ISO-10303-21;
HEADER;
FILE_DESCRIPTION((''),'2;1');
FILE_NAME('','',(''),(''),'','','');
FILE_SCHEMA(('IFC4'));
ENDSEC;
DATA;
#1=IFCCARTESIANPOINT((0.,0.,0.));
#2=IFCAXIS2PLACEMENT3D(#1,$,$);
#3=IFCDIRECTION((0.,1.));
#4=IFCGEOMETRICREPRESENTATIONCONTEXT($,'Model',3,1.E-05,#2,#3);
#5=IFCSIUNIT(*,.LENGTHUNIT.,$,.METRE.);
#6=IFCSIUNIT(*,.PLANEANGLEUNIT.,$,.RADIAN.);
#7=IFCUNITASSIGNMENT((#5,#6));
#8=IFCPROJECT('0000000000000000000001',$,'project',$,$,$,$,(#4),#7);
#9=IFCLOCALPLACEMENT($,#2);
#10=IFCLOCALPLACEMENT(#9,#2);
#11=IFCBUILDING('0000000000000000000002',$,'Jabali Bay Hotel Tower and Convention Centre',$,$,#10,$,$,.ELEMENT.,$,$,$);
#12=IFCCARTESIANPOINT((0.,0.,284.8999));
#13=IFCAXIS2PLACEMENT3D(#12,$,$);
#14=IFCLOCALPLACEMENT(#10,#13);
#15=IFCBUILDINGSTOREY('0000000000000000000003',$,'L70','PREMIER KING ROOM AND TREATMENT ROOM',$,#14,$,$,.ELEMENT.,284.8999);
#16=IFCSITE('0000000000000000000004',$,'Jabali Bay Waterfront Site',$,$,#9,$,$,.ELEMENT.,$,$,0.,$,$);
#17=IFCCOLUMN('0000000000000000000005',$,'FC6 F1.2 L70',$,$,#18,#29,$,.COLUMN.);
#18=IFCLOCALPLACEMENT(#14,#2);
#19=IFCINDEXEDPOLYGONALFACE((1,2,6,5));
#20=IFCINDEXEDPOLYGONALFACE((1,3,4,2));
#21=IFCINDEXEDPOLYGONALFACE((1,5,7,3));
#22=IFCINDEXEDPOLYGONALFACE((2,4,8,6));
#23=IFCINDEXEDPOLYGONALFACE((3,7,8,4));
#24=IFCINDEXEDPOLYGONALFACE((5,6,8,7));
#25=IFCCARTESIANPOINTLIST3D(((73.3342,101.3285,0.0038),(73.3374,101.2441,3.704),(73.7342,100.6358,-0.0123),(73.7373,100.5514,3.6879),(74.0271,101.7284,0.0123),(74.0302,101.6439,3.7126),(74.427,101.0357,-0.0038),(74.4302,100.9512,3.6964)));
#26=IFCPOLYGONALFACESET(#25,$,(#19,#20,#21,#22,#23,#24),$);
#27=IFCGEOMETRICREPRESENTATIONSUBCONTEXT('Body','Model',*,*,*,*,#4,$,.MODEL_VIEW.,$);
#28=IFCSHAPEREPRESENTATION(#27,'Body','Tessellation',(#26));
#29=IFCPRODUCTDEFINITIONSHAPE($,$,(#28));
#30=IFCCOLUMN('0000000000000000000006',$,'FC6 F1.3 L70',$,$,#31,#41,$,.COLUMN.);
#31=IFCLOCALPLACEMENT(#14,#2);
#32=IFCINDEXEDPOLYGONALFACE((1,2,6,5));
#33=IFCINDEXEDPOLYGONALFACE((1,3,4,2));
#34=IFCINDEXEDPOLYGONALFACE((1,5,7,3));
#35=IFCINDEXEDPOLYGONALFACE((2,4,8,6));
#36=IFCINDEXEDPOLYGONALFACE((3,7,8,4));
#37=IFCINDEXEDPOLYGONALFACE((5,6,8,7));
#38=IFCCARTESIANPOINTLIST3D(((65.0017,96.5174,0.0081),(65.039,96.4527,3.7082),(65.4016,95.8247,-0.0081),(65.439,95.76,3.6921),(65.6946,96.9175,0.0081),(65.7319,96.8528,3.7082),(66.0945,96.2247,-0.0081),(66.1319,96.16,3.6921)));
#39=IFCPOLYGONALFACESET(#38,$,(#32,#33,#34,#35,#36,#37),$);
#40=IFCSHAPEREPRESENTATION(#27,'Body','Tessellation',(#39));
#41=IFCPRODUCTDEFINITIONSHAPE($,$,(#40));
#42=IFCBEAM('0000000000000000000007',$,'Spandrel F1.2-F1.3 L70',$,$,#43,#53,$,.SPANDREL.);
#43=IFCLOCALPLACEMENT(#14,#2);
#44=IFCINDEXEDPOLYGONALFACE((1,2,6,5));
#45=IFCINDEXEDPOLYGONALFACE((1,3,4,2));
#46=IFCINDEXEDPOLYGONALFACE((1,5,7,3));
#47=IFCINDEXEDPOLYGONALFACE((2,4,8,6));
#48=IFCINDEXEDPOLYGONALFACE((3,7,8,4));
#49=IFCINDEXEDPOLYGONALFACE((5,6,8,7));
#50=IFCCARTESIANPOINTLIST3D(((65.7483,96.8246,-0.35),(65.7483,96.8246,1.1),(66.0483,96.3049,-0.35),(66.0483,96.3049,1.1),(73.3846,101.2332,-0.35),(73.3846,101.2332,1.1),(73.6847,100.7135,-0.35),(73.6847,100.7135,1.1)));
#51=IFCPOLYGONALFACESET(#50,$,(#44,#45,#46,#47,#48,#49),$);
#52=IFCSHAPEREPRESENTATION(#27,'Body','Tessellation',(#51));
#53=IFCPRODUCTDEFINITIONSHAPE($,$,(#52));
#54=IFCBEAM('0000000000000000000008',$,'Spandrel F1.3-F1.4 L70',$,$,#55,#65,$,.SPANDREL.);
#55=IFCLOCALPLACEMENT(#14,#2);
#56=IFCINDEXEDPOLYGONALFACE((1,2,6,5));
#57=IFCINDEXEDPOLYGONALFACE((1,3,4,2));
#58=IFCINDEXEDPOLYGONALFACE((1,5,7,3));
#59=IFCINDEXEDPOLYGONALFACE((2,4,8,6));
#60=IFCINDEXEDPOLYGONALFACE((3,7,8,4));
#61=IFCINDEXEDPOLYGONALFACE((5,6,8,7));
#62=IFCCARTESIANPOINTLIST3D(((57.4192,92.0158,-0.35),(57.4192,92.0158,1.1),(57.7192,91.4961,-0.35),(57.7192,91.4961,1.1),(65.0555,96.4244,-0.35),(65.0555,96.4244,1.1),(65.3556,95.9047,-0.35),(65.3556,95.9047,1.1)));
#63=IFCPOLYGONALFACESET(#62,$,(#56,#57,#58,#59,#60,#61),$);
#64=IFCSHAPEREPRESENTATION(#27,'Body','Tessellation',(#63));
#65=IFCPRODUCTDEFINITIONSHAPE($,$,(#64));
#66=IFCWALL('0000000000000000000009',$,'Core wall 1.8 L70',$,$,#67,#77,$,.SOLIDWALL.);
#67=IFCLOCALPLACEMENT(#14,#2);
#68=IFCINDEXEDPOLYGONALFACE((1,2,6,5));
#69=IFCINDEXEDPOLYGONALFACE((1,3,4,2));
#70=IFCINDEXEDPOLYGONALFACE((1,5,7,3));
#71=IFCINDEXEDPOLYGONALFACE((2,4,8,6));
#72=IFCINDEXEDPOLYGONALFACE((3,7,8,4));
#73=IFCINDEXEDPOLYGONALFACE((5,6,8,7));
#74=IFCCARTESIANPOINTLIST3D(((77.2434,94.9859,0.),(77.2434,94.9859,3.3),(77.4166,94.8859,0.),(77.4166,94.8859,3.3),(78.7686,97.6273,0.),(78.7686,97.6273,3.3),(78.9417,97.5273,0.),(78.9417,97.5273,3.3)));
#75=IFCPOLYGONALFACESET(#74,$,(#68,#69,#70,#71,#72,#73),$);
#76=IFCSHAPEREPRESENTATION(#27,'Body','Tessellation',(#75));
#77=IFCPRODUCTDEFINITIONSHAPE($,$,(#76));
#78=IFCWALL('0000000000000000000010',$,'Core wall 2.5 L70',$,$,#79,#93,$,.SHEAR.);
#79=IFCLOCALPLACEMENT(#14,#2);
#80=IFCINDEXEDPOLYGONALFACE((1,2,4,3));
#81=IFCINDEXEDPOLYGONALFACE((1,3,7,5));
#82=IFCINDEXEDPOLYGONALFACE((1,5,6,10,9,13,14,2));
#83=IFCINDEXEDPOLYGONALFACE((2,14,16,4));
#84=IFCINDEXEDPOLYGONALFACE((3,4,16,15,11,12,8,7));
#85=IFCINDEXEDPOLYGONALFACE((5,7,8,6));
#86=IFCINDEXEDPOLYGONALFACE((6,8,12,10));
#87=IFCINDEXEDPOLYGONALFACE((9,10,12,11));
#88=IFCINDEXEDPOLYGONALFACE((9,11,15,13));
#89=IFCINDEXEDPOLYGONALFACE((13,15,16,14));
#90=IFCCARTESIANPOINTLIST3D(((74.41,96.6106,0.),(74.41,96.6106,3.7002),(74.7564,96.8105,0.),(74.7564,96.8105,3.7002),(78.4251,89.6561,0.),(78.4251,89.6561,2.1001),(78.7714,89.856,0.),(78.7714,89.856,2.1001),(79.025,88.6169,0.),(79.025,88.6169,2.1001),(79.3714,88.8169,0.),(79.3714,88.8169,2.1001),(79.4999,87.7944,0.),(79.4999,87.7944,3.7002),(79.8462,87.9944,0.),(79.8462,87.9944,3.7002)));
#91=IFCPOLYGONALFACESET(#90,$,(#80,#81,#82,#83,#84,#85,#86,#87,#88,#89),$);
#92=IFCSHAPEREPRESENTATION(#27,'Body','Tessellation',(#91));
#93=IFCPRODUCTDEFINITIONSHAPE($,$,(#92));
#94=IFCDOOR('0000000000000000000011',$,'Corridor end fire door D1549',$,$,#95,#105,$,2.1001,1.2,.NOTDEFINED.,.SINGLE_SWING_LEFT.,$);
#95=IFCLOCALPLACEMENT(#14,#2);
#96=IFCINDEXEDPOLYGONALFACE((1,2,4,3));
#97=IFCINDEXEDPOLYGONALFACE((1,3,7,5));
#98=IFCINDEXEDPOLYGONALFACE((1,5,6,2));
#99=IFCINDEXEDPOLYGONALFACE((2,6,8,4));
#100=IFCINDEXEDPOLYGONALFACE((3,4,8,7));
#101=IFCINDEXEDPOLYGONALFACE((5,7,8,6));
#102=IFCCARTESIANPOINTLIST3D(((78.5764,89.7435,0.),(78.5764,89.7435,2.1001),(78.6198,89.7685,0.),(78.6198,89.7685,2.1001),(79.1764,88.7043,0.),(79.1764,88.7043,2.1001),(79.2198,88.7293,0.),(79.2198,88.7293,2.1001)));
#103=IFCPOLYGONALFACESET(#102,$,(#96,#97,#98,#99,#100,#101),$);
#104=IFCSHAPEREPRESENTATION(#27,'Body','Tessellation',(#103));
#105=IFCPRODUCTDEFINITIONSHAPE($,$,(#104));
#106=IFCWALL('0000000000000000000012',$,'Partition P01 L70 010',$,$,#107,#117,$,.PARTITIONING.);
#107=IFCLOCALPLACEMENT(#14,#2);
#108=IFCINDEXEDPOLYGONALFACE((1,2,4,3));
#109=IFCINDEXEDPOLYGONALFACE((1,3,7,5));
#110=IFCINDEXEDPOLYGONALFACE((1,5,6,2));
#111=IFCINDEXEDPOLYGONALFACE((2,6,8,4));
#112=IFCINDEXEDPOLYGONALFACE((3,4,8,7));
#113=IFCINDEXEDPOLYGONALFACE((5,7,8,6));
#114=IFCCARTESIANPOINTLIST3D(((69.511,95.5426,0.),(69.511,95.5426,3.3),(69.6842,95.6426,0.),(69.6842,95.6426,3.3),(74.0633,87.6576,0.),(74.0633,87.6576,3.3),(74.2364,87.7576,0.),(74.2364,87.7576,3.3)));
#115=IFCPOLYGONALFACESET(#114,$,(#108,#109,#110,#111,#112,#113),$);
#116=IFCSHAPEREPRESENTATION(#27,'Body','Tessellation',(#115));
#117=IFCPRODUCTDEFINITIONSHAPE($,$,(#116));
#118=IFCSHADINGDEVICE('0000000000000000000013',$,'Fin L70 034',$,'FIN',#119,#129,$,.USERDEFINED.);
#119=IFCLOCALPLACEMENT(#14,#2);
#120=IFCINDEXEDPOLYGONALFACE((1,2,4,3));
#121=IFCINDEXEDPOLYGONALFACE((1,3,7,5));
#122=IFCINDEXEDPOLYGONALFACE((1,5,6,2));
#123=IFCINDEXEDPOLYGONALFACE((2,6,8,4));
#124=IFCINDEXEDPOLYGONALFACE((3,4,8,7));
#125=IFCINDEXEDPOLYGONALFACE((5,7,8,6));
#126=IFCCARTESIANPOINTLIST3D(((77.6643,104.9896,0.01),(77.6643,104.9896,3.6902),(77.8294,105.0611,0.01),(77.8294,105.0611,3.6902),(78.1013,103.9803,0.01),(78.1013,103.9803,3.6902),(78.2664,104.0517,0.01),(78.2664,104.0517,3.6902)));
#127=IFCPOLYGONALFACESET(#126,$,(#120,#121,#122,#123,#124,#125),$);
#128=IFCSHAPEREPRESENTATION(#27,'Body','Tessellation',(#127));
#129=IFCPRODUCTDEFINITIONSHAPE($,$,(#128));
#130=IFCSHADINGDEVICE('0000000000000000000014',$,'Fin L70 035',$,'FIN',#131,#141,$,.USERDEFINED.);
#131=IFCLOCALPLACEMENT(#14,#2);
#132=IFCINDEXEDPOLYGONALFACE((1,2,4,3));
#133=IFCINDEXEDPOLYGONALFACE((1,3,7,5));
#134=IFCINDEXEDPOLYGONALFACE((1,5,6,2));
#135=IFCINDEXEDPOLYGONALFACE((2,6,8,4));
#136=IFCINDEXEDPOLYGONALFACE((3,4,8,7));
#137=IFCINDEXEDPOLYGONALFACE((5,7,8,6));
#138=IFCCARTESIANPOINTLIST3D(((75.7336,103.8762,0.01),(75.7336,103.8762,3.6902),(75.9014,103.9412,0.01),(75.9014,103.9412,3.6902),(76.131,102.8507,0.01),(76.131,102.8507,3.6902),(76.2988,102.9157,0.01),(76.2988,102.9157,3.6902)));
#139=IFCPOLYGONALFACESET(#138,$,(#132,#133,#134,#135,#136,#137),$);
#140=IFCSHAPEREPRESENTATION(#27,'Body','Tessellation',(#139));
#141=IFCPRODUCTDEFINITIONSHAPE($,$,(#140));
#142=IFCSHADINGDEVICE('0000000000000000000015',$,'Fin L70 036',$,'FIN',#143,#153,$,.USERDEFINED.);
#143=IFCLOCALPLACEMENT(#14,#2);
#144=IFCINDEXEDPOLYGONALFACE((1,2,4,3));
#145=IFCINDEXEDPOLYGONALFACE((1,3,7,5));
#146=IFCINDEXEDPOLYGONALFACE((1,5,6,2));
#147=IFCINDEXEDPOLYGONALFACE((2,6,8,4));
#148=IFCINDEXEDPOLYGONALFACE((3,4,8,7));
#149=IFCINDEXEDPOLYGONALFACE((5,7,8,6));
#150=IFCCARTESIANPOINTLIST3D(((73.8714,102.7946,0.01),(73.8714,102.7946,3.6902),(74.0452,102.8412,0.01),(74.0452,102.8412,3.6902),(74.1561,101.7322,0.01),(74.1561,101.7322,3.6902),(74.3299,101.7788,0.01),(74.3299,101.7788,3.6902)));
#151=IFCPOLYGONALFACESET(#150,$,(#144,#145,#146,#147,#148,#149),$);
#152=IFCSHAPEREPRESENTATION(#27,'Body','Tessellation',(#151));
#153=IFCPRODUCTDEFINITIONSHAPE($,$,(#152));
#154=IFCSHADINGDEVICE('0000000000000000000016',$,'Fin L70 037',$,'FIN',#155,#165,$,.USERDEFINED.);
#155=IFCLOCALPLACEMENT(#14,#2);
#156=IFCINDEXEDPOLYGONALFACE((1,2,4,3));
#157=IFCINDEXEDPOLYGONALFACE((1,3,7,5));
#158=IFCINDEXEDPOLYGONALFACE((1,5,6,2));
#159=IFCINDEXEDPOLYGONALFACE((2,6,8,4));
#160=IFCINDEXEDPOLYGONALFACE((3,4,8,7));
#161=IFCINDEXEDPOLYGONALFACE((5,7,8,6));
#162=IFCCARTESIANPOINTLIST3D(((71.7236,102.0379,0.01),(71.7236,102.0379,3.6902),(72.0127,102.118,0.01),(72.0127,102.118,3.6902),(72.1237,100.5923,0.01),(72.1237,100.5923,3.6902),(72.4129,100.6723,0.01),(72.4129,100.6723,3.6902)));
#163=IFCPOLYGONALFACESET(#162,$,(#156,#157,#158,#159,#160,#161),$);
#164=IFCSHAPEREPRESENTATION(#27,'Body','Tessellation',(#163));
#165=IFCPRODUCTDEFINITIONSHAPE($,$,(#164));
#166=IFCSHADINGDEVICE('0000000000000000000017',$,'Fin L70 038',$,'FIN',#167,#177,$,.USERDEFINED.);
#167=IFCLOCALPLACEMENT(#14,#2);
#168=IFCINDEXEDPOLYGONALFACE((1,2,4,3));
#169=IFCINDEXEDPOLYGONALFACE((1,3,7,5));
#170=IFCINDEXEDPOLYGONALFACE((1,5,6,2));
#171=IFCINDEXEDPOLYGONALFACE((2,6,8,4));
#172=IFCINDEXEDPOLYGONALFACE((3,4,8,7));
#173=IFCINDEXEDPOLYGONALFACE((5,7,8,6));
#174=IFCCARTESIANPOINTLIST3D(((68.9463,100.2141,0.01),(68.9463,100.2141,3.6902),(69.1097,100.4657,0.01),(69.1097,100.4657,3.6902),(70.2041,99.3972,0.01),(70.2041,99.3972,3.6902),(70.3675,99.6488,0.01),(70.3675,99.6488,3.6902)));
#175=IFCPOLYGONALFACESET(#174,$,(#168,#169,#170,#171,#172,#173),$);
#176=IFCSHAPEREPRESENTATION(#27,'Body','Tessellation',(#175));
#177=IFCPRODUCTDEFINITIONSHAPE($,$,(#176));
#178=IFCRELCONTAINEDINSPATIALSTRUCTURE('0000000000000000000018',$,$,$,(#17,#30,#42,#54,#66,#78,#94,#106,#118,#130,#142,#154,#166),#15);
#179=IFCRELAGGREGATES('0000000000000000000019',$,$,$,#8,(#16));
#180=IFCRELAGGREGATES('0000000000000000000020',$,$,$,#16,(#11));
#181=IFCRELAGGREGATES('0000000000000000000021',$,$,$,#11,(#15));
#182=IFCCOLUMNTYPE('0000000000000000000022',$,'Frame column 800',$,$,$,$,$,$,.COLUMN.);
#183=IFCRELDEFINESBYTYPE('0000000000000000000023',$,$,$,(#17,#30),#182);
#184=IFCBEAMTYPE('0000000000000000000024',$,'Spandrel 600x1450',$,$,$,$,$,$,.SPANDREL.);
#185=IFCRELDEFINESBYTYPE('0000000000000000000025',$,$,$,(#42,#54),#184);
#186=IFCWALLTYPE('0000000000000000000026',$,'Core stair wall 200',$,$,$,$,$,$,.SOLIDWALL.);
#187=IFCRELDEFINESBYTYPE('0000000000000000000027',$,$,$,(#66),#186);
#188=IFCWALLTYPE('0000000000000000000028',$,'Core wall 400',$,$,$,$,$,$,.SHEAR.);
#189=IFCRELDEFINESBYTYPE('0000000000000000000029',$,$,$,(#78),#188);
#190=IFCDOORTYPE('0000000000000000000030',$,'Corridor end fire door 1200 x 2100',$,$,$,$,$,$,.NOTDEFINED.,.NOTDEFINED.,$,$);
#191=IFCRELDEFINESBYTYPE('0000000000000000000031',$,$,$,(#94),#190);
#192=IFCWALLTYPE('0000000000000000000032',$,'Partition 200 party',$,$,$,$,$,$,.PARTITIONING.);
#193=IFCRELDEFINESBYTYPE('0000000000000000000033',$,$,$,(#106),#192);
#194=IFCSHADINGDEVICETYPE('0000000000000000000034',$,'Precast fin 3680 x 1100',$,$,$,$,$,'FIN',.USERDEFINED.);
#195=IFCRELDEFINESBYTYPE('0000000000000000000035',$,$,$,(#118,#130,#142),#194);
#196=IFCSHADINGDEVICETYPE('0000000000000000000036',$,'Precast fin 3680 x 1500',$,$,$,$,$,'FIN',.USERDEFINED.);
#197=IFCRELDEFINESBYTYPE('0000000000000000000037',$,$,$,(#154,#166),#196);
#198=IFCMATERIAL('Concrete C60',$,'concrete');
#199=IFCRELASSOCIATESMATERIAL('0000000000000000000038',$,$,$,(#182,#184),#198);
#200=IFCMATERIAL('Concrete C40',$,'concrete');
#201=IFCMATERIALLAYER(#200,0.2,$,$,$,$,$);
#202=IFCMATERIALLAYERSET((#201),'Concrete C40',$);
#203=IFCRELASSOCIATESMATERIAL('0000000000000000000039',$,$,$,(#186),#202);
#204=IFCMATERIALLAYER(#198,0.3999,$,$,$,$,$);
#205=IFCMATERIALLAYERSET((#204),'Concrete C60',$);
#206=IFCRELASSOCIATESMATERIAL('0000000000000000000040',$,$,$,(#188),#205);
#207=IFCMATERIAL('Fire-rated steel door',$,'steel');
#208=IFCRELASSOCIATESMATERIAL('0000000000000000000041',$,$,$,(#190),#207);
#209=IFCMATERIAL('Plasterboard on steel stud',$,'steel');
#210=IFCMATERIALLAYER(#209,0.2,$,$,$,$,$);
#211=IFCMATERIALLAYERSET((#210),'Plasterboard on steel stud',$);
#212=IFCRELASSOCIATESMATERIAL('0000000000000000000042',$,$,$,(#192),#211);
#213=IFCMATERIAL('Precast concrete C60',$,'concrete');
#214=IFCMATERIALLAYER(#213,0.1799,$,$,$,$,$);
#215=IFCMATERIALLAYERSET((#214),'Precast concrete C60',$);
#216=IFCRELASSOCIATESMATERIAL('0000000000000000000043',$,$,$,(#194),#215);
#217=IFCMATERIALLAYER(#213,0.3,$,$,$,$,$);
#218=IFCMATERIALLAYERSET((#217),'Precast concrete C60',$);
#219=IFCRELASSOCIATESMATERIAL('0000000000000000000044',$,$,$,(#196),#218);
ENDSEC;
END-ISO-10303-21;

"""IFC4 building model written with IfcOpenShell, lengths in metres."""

from ifc_helpers import new_model, si_unit, direction, frame, frame_2d, origin, origin_2d, place, context, subcontext, project, spatial, rectangle, extrude, material, layer, layer_set, material_profile, profile_set, type_object, element, fill, save


model = new_model("IFC4")

# Units and contexts
model_context = context("Model", 3, precision=1e-05, world=origin(), true_north=direction((0.0, 1.0)))
body_context = subcontext(model_context, "Body", "Model", "MODEL_VIEW")
ifc_project = project(units=[si_unit("LENGTHUNIT", "METRE"), si_unit("PLANEANGLEUNIT", "RADIAN")], contexts=[model_context])

# Site, building, storey
site_placement = place(None, origin())
site = spatial("IfcSite", under=ifc_project, at=site_placement, Name="Jabali Bay Waterfront Site", CompositionType="ELEMENT", RefElevation=0.0)
building_placement = place(site_placement, origin())
building = spatial("IfcBuilding", under=site, at=building_placement, Name="Jabali Bay Hotel Tower and Convention Centre", CompositionType="ELEMENT")
storey_placement = place(building_placement, frame((0.0, 0.0, 284.8999)))
storey = spatial("IfcBuildingStorey", under=building, at=storey_placement, Name="L70", Description="PREMIER KING ROOM AND TREATMENT ROOM", CompositionType="ELEMENT", Elevation=284.8999)

# Columns
ifc_material_1 = material(Name="Concrete C60", Category="concrete")
ifc_material_profile_1 = material_profile(ifc_material_1, rectangle(XDim=0.8, YDim=0.8, at=origin_2d()), Name="Frame column 800")
ifc_profile_set_1 = profile_set([ifc_material_profile_1], Name="Concrete C60")
column_type = type_object("IfcColumnType", Name="Frame column 800", PredefinedType="COLUMN", material=ifc_profile_set_1)
column_1_placement = place(storey_placement, frame((73.8806, 101.1821, 0.0), z_axis=(0.000858, -0.022823, 0.999739), x_axis=(0.86606, 0.499826, 0.010668)))
element("IfcColumn", 1, at=column_1_placement, inside=storey, type_object=column_type, Name="FC6 F1.2 L70", PredefinedType="COLUMN", context=body_context, shape_type="SweptSolid", body=[
    extrude(rectangle(XDim=0.8, YDim=0.8, at=origin_2d()), origin(), (0.0, 0.0, 1.0), 3.7012),
])
column_2_placement = place(storey_placement, frame((65.5481, 96.3711, 0.0), z_axis=(0.010093, -0.017481, 0.999796), x_axis=(-0.499897, 0.86585, 0.020186)))
element("IfcColumn", 2, at=column_2_placement, inside=storey, type_object=column_type, Name="FC6 F1.3 L70", PredefinedType="COLUMN", context=body_context, shape_type="SweptSolid", body=[
    extrude(rectangle(XDim=0.8, YDim=0.8, at=origin_2d()), origin(), (0.0, 0.0, 1.0), 3.7009),
])

# Beams
ifc_material_profile_2 = material_profile(ifc_material_1, rectangle(XDim=0.6001, YDim=1.45, at=origin_2d()), Name="Spandrel 600x1450")
ifc_profile_set_2 = profile_set([ifc_material_profile_2], Name="Concrete C60")
beam_type = type_object("IfcBeamType", Name="Spandrel 600x1450", PredefinedType="SPANDREL", material=ifc_profile_set_2)
for number, where, z_axis, x_axis, name in (
    (3, (73.5347, 100.9734, 0.375), (-0.866037, -0.49998, 0.0), (0.49998, -0.866037, 0.0), "Spandrel F1.2-F1.3 L70"),
    (4, (65.2056, 96.1646, 0.375), (-0.866037, -0.49998, 0.0), (0.49998, -0.866037, 0.0), "Spandrel F1.3-F1.4 L70"),
):
    element("IfcBeam", number, at=place(storey_placement, frame(where, z_axis=z_axis, x_axis=x_axis)), inside=storey, type_object=beam_type, Name=name, PredefinedType="SPANDREL", context=body_context, shape_type="SweptSolid", body=[
        extrude(rectangle(XDim=0.6001, YDim=1.45, at=origin_2d()), origin(), (0.0, 0.0, 1.0), 8.8176),
    ])

# Wall
ifc_material_2 = material(Name="Concrete C40", Category="concrete")
ifc_layer_1 = layer(ifc_material_2, 0.2)
ifc_layer_set_1 = layer_set([ifc_layer_1], Name="Concrete C40")
wall_type_1 = type_object("IfcWallType", Name="Core stair wall 200", PredefinedType="SOLIDWALL", material=ifc_layer_set_1)
wall_1_placement = place(storey_placement, frame((77.3301, 94.936, 0.0), z_axis=(0.0, 0.0, 1.0), x_axis=(0.500039, 0.866003, 0.0)))
element("IfcWall", 5, at=wall_1_placement, inside=storey, type_object=wall_type_1, Name="Core wall 1.8 L70", PredefinedType="SOLIDWALL", context=body_context, shape_type="SweptSolid", body=[
    extrude(rectangle(XDim=3.05, YDim=0.2, at=frame_2d((1.5249, 0.0))), origin(), (0.0, 0.0, 1.0), 3.3),
])

# Wall, opening, door
ifc_layer_2 = layer(ifc_material_1, 0.3999)
ifc_layer_set_2 = layer_set([ifc_layer_2], Name="Concrete C60")
wall_type_2 = type_object("IfcWallType", Name="Core wall 400", PredefinedType="SHEAR", material=ifc_layer_set_2)
wall_2_placement = place(storey_placement, frame((74.5833, 96.7104, 0.0), z_axis=(0.0, 0.0, 1.0), x_axis=(0.499987, -0.866033, 0.0)))
wall_2 = element("IfcWall", 6, at=wall_2_placement, inside=storey, type_object=wall_type_2, Name="Core wall 2.5 L70", PredefinedType="SHEAR", context=body_context, shape_type="SweptSolid", body=[
    extrude(rectangle(XDim=10.1799, YDim=0.3999, at=frame_2d((5.0898, 0.0))), origin(), (0.0, 0.0, 1.0), 3.7002),
])
opening_placement = place(wall_2_placement, frame((8.03, 0.0, 0.0)))
opening = element("IfcOpeningElement", 7, at=opening_placement, cuts=wall_2, PredefinedType="OPENING", context=body_context, shape_type="SweptSolid", body=[
    extrude(rectangle(XDim=1.2, YDim=2.1001, at=frame_2d((0.6001, 1.05))), frame((0.0, 0.2104, 0.0), z_axis=(0.0, -1.0, 0.0), x_axis=(1.0, 0.0, 0.0)), (0.0, 0.0, 1.0), 0.4209),
])
ifc_material_3 = material(Name="Fire-rated steel door", Category="steel")
door_type = type_object("IfcDoorType", Name="Corridor end fire door 1200 x 2100", OperationType="NOTDEFINED", PredefinedType="NOTDEFINED", material=ifc_material_3)
door_placement = place(opening_placement, origin())
door = element("IfcDoor", 8, at=door_placement, inside=storey, type_object=door_type, Name="Corridor end fire door D1549", OperationType="SINGLE_SWING_LEFT", OverallHeight=2.1001, OverallWidth=1.2, PredefinedType="NOTDEFINED", context=body_context, shape_type="SweptSolid", body=[
    extrude(rectangle(XDim=1.2, YDim=2.1001, at=frame_2d((0.6001, 1.05))), frame((0.0, 0.0249, 0.0), z_axis=(0.0, -1.0, 0.0), x_axis=(1.0, 0.0, 0.0)), (0.0, 0.0, 1.0), 0.05),
])
fill(opening, door)

# Wall
ifc_material_4 = material(Name="Plasterboard on steel stud", Category="steel")
ifc_layer_3 = layer(ifc_material_4, 0.2)
ifc_layer_set_3 = layer_set([ifc_layer_3], Name="Plasterboard on steel stud")
wall_type_3 = type_object("IfcWallType", Name="Partition 200 party", PredefinedType="PARTITIONING", material=ifc_layer_set_3)
wall_3_placement = place(storey_placement, frame((69.5977, 95.5925, 0.0), z_axis=(0.0, 0.0, 1.0), x_axis=(0.499986, -0.866033, 0.0)))
element("IfcWall", 9, at=wall_3_placement, inside=storey, type_object=wall_type_3, Name="Partition P01 L70 010", PredefinedType="PARTITIONING", context=body_context, shape_type="SweptSolid", body=[
    extrude(rectangle(XDim=9.1047, YDim=0.2, at=frame_2d((4.5522, 0.0))), origin(), (0.0, 0.0, 1.0), 3.3),
])

# Shading devices
ifc_material_5 = material(Name="Precast concrete C60", Category="concrete")
ifc_layer_4 = layer(ifc_material_5, 0.1799)
ifc_layer_set_4 = layer_set([ifc_layer_4], Name="Precast concrete C60")
shading_device_type_1 = type_object("IfcShadingDeviceType", Name="Precast fin 3680 x 1100", ElementType="FIN", PredefinedType="USERDEFINED", material=ifc_layer_set_4)
for number, where, z_axis, x_axis, name in (
    (10, (78.1838, 104.0161, 0.01), (0.0, 0.0, 1.0), (-0.397346, 0.917669, 0.0), "Fin L70 034"),
    (11, (76.2148, 102.8833, 0.01), (0.0, 0.0, 1.0), (-0.361343, 0.932433, 0.0), "Fin L70 035"),
    (12, (74.2429, 101.7556, 0.01), (0.0, 0.0, 1.0), (-0.258795, 0.965932, 0.0), "Fin L70 036"),
):
    element("IfcShadingDevice", number, at=place(storey_placement, frame(where, z_axis=z_axis, x_axis=x_axis)), inside=storey, type_object=shading_device_type_1, Name=name, ObjectType="FIN", PredefinedType="USERDEFINED", context=body_context, shape_type="SweptSolid", body=[
        extrude(rectangle(XDim=1.0999, YDim=0.1799, at=frame_2d((0.5498, 0.0))), origin(), (0.0, 0.0, 1.0), 3.6802),
    ])
ifc_layer_5 = layer(ifc_material_5, 0.3)
ifc_layer_set_5 = layer_set([ifc_layer_5], Name="Precast concrete C60")
shading_device_type_2 = type_object("IfcShadingDeviceType", Name="Precast fin 3680 x 1500", ElementType="FIN", PredefinedType="USERDEFINED", material=ifc_layer_set_5)
shading_device_1_placement = place(storey_placement, frame((72.2683, 100.6323, 0.01), z_axis=(0.0, 0.0, 1.0), x_axis=(-0.266779, 0.963758, 0.0)))
element("IfcShadingDevice", 13, at=shading_device_1_placement, inside=storey, type_object=shading_device_type_2, Name="Fin L70 037", ObjectType="FIN", PredefinedType="USERDEFINED", context=body_context, shape_type="SweptSolid", body=[
    extrude(rectangle(XDim=1.5, YDim=0.3, at=frame_2d((0.75, 0.0))), origin(), (0.0, 0.0, 1.0), 3.6802),
])
shading_device_2_placement = place(storey_placement, frame((70.2859, 99.5229, 0.01), z_axis=(0.0, 0.0, 1.0), x_axis=(-0.838652, 0.544668, 0.0)))
element("IfcShadingDevice", 14, at=shading_device_2_placement, inside=storey, type_object=shading_device_type_2, Name="Fin L70 038", ObjectType="FIN", PredefinedType="USERDEFINED", context=body_context, shape_type="SweptSolid", body=[
    extrude(rectangle(XDim=1.4998, YDim=0.3, at=frame_2d((0.75, 0.0))), origin(), (0.0, 0.0, 1.0), 3.6802),
])

save(model, "model.ifc")
